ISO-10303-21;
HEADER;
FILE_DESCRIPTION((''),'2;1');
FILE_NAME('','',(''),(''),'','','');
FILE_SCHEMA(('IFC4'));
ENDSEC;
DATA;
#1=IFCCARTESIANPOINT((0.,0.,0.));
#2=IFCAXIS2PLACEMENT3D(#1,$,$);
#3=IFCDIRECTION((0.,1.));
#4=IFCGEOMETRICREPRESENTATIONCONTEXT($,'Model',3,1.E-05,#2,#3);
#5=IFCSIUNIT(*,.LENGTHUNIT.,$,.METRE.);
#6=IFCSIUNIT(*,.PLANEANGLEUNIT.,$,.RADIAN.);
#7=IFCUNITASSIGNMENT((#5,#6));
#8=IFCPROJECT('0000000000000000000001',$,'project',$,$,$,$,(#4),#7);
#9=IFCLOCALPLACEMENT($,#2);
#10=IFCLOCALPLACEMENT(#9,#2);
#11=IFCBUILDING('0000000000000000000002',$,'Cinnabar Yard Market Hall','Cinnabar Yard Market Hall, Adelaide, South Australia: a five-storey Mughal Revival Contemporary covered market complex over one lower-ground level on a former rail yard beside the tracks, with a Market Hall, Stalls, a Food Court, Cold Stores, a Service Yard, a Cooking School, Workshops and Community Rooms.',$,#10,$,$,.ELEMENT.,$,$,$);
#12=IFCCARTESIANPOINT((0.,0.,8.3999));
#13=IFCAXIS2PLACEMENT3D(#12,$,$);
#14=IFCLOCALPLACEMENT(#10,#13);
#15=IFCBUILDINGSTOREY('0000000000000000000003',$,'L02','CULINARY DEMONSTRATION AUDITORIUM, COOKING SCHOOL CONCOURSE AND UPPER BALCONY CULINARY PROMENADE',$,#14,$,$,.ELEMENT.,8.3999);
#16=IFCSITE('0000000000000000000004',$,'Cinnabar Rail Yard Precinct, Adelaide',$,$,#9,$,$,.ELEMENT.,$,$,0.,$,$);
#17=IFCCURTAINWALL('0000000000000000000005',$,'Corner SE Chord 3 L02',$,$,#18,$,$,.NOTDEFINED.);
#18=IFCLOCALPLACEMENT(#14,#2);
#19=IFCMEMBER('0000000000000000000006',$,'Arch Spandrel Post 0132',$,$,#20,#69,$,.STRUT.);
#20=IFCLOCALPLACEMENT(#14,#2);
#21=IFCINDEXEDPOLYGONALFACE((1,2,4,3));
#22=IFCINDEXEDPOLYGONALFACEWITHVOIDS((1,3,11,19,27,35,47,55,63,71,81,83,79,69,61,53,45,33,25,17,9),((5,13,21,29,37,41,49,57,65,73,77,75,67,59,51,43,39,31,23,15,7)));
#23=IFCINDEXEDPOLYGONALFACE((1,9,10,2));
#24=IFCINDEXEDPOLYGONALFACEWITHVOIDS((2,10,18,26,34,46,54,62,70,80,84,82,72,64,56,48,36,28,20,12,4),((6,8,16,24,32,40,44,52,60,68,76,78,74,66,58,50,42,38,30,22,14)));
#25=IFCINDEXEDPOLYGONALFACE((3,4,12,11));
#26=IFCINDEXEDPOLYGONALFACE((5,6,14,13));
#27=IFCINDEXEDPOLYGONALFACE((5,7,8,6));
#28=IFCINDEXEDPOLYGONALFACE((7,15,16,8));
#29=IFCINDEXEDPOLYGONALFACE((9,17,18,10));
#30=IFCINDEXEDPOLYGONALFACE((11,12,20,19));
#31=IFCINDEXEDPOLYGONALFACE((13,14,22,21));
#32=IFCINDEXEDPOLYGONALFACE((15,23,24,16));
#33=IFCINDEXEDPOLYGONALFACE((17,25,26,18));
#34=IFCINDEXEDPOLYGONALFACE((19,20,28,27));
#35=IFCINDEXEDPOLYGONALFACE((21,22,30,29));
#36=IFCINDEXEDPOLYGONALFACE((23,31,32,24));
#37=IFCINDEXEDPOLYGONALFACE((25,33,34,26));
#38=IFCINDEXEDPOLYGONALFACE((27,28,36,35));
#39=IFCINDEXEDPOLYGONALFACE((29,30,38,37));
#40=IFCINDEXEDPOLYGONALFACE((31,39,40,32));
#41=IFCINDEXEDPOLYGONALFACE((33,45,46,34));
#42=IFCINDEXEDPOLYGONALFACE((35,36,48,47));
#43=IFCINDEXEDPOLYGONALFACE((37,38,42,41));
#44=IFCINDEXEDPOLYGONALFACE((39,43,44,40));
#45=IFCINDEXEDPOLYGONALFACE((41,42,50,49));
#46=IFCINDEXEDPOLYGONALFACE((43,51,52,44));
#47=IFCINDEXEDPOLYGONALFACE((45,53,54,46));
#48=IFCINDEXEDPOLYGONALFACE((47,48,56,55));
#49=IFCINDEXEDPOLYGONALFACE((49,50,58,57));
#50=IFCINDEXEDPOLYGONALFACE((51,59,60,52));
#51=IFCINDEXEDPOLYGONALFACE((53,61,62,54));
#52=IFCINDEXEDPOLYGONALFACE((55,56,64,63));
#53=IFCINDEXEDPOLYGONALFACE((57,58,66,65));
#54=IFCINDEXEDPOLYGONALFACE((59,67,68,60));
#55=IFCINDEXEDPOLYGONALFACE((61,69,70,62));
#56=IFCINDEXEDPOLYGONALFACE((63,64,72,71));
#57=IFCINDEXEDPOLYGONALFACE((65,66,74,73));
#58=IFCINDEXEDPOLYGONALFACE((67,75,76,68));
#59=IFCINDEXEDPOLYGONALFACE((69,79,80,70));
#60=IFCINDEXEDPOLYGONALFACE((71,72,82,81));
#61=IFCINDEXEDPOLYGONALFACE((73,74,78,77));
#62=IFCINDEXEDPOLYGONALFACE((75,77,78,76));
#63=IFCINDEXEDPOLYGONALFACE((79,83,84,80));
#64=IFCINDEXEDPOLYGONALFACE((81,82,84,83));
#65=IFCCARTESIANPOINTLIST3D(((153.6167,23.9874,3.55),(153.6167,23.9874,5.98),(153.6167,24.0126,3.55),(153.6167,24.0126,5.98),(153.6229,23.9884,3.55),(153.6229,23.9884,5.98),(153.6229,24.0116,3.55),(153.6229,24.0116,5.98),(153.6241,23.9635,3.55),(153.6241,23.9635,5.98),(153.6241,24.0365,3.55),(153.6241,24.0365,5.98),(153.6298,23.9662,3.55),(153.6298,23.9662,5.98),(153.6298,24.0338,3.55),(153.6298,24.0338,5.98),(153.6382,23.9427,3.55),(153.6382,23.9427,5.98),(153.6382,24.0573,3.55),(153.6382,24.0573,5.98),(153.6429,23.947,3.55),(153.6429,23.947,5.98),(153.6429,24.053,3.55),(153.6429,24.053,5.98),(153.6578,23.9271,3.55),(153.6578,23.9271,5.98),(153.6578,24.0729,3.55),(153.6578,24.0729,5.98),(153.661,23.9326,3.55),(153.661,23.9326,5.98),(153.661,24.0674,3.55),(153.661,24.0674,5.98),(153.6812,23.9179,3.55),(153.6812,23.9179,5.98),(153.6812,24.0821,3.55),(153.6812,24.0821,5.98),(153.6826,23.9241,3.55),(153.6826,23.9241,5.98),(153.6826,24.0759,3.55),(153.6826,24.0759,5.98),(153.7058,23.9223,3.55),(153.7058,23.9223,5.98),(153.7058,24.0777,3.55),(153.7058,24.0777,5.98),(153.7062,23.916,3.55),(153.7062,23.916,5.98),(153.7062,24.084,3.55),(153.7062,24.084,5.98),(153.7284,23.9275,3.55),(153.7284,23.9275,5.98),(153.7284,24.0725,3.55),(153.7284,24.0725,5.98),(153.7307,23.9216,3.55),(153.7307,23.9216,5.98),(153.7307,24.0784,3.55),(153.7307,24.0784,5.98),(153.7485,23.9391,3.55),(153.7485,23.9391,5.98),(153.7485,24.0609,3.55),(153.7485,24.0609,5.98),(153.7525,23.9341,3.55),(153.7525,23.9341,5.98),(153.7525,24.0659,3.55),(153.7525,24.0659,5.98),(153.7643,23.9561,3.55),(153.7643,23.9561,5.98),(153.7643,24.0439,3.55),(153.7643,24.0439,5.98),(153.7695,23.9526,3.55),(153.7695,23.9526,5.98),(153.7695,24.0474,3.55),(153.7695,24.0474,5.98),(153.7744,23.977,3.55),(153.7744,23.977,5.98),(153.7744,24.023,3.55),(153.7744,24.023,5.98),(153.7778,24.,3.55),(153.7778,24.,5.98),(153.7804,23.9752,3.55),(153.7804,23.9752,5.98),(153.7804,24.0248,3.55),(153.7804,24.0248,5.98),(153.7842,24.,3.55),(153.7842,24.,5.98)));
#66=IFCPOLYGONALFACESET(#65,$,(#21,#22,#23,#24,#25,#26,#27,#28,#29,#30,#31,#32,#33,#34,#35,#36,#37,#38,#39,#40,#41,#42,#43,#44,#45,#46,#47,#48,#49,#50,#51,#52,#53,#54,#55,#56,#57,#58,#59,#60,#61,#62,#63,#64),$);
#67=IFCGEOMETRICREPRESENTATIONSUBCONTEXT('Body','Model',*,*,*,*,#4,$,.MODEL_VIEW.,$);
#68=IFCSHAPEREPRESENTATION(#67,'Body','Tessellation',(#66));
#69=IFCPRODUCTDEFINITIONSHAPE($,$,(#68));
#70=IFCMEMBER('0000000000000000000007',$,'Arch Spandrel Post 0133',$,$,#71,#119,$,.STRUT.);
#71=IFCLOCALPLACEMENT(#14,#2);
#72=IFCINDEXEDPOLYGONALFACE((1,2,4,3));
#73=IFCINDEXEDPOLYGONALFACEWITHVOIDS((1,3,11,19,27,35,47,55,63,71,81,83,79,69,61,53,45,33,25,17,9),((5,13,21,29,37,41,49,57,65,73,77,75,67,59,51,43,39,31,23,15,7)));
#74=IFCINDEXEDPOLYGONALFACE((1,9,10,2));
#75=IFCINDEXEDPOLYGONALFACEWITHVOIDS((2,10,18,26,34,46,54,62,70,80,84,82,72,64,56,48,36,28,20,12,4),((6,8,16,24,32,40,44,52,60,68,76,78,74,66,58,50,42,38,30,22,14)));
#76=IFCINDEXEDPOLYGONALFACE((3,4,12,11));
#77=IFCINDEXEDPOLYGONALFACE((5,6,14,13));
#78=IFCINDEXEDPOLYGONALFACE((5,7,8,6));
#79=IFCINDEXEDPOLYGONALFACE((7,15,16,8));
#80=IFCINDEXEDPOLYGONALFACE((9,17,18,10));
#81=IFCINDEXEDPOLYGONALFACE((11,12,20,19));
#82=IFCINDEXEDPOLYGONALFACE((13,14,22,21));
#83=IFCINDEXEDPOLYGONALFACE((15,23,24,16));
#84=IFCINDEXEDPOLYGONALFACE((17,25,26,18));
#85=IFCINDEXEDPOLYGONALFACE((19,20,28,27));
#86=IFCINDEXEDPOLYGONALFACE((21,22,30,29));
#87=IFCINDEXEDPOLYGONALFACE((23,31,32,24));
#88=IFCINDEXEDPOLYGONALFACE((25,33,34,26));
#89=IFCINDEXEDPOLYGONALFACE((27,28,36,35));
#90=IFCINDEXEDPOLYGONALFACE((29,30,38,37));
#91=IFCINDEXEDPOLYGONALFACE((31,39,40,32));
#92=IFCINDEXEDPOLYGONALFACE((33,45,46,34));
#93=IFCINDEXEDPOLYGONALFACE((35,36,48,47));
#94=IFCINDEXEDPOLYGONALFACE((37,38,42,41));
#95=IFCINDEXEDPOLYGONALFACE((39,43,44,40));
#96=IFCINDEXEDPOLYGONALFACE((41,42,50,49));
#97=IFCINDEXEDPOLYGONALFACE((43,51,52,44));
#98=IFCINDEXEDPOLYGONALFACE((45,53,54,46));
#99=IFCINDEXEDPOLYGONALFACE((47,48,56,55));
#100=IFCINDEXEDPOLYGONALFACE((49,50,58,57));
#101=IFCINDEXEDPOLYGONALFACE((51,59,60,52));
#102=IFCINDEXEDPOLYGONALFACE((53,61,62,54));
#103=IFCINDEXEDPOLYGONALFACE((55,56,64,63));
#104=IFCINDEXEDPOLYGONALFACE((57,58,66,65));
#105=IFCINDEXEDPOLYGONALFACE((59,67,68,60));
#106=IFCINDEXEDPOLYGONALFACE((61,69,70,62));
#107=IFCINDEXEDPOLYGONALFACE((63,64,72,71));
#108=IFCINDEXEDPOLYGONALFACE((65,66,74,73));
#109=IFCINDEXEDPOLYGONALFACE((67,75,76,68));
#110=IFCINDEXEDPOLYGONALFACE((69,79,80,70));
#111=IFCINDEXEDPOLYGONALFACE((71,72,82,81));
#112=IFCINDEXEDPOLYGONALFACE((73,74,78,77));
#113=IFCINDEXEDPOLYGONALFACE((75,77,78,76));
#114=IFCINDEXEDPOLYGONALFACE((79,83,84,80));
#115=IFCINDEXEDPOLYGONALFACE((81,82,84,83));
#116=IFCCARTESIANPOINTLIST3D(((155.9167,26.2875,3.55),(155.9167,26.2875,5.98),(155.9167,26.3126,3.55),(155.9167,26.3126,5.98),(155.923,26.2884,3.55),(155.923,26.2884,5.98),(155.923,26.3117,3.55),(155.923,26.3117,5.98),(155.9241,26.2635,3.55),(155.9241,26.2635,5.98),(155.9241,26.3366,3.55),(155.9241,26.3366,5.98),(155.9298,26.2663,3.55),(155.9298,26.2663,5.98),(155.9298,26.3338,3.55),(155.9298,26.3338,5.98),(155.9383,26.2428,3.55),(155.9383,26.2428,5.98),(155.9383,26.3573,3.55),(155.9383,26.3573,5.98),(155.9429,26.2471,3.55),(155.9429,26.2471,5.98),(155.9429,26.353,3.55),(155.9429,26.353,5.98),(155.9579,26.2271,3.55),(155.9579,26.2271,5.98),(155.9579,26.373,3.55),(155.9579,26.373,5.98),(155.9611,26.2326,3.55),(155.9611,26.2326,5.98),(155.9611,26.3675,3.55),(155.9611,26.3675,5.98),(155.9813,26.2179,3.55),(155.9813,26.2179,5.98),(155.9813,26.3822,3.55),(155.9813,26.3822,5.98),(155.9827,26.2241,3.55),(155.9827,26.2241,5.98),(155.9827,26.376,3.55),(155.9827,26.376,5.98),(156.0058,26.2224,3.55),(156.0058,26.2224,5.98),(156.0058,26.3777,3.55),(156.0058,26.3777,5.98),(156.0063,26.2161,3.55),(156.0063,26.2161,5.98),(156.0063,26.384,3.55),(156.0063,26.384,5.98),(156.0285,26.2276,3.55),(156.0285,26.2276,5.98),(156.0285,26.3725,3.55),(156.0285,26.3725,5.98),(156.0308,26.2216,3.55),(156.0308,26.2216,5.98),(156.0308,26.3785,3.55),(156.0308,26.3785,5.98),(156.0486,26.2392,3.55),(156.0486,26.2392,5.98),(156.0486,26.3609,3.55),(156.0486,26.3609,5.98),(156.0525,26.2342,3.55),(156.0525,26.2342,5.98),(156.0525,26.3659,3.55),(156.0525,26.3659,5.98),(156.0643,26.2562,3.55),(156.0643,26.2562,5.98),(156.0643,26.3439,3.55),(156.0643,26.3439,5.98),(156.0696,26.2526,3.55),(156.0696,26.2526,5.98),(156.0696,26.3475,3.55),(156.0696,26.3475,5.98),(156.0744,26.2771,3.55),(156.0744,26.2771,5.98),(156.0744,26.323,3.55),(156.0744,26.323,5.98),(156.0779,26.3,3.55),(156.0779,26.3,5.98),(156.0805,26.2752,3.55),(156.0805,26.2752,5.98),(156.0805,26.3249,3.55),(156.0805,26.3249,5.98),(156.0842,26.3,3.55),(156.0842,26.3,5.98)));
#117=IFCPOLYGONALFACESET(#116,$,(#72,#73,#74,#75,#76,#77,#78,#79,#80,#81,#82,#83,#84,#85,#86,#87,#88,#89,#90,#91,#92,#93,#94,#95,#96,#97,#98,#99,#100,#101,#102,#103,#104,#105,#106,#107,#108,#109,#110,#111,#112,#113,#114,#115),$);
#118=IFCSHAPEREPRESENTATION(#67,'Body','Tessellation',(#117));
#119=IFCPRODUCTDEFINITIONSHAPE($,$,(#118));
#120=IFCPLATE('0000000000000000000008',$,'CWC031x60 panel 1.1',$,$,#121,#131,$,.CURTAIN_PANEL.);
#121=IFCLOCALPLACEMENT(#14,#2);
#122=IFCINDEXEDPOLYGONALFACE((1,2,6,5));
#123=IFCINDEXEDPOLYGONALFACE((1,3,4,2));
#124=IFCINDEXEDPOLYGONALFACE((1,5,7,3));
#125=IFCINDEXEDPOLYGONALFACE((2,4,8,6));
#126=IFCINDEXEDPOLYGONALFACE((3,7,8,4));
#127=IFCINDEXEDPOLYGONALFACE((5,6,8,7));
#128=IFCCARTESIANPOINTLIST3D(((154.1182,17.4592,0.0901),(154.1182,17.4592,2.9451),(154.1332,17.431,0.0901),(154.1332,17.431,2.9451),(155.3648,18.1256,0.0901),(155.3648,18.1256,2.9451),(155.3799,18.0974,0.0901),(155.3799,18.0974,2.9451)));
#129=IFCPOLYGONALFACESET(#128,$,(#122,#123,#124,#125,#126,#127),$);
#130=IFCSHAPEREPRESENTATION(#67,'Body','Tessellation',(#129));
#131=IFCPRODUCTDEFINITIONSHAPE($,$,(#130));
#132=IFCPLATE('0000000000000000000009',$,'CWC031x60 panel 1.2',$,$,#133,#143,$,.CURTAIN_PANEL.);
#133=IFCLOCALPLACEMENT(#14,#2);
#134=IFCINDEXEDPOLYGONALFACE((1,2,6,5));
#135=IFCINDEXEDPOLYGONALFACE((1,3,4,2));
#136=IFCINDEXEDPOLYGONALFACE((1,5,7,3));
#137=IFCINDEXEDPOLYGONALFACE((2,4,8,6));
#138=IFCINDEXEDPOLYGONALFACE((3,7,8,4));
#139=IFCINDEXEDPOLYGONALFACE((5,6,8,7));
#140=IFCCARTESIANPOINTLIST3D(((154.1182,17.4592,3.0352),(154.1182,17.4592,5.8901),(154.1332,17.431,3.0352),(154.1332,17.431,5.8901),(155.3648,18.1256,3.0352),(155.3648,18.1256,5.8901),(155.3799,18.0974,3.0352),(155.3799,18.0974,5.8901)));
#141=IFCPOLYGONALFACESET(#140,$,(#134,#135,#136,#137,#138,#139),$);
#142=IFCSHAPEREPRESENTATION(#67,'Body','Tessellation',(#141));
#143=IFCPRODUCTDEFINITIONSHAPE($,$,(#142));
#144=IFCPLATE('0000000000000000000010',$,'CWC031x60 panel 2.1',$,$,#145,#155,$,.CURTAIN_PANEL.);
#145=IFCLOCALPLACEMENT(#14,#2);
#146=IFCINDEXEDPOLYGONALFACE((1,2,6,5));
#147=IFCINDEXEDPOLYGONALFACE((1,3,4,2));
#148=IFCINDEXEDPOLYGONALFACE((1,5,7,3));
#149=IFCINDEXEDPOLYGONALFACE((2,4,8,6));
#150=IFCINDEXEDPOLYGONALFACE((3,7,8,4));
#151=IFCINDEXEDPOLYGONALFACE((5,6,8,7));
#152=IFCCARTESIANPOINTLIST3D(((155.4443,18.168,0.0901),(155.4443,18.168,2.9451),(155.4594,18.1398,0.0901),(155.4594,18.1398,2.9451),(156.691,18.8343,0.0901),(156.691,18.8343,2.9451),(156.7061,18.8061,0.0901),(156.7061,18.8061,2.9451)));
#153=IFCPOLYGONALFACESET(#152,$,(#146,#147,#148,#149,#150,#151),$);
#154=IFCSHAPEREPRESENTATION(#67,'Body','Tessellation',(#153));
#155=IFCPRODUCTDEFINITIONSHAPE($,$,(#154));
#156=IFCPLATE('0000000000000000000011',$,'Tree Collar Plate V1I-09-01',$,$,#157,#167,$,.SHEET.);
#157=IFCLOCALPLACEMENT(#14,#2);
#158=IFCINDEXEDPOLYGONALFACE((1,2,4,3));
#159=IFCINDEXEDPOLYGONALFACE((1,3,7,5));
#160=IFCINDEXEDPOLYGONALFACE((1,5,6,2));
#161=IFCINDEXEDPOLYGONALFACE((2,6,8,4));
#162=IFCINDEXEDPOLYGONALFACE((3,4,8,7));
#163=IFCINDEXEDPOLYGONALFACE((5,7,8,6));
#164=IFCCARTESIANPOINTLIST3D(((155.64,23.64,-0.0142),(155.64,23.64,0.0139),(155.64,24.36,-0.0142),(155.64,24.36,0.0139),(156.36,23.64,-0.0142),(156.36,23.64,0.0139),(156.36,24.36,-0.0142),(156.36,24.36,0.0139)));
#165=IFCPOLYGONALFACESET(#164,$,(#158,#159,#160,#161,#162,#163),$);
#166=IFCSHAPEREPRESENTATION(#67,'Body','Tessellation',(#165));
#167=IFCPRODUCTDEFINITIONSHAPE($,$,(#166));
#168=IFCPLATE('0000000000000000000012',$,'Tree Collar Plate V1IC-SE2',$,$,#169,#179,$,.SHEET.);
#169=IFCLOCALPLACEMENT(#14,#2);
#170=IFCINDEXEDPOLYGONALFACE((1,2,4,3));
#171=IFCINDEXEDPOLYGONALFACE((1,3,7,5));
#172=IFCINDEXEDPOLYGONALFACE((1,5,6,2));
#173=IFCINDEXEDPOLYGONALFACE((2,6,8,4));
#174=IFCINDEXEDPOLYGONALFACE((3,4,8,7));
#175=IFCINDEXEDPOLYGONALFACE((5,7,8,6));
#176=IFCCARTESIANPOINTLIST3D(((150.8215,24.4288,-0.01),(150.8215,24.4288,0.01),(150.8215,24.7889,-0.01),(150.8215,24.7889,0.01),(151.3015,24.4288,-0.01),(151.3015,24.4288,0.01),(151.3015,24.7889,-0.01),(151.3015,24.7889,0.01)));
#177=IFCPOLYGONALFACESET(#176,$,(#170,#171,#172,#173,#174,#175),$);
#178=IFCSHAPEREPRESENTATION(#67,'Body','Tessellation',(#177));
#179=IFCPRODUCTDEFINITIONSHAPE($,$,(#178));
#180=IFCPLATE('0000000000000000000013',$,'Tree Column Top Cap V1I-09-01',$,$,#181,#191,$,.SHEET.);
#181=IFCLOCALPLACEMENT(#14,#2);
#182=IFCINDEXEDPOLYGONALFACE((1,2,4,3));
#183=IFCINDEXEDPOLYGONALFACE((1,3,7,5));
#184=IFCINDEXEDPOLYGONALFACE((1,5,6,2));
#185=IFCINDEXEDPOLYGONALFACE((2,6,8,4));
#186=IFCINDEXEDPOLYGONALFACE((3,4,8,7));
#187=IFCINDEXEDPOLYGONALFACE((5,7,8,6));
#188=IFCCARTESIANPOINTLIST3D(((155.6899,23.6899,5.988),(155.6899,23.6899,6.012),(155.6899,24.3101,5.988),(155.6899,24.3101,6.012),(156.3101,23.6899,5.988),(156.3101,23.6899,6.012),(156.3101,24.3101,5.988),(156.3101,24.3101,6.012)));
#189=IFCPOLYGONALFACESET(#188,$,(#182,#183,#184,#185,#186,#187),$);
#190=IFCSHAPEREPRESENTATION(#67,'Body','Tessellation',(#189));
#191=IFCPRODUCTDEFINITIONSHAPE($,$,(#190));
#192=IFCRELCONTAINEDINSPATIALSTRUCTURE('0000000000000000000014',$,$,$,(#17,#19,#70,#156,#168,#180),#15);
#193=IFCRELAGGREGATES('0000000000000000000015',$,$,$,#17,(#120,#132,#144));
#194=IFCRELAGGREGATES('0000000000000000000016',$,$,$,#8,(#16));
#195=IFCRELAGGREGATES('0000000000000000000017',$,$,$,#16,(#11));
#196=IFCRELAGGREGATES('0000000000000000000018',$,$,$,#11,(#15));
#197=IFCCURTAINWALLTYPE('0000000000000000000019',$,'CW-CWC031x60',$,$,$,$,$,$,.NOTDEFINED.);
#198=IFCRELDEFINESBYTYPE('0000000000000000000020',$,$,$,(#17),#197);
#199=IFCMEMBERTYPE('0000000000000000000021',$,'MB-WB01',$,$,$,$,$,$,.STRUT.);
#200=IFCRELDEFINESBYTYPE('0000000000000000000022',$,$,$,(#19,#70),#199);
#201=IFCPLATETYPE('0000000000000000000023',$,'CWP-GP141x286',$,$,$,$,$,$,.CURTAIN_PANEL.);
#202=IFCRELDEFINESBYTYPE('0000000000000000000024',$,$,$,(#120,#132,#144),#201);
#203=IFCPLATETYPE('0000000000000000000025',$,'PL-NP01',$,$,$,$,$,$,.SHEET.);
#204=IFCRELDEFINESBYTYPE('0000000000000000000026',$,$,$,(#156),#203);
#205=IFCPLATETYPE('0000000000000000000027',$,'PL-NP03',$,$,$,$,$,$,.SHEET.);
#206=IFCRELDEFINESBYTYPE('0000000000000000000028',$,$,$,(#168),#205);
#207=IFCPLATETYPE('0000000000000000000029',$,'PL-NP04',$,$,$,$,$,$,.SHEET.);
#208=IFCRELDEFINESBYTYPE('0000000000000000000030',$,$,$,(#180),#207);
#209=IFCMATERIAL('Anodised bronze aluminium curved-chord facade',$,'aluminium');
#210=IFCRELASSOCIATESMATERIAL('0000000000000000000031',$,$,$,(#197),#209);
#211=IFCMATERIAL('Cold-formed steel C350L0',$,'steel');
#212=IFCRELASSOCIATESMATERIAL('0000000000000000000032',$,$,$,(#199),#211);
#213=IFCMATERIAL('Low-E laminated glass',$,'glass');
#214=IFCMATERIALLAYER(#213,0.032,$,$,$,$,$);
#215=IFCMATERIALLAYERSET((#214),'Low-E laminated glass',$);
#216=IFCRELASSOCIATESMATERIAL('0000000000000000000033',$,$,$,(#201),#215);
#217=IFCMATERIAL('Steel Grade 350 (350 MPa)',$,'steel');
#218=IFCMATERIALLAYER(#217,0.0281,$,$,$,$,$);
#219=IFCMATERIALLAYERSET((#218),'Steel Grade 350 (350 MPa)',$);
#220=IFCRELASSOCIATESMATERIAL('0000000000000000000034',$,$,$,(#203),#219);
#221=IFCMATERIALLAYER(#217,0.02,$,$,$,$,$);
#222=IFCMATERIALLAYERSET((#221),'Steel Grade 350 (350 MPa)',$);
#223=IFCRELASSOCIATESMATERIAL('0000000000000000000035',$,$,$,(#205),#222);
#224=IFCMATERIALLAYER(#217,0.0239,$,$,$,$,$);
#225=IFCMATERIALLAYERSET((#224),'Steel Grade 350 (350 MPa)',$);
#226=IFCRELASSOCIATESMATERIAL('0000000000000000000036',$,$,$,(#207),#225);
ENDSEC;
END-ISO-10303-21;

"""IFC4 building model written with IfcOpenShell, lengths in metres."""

from ifc_helpers import new_model, si_unit, direction, frame, origin, origin_2d_with_axis, place, context, subcontext, project, spatial, rectangle, hollow_circle, extrude, material, layer, layer_set, material_profile, profile_set, type_object, element, aggregate, save


model = new_model("IFC4")

# Units and contexts
model_context = context("Model", 3, precision=1e-05, world=origin(), true_north=direction((0.0, 1.0)))
body_context = subcontext(model_context, "Body", "Model", "MODEL_VIEW")
ifc_project = project(units=[si_unit("LENGTHUNIT", "METRE"), si_unit("PLANEANGLEUNIT", "RADIAN")], contexts=[model_context])

# Site, building, storey
site_placement = place(None, origin())
site = spatial("IfcSite", under=ifc_project, at=site_placement, Name="Cinnabar Rail Yard Precinct, Adelaide", CompositionType="ELEMENT", RefElevation=0.0)
building_placement = place(site_placement, origin())
building = spatial("IfcBuilding", under=site, at=building_placement, Name="Cinnabar Yard Market Hall", Description="Cinnabar Yard Market Hall, Adelaide, South Australia: a five-storey Mughal Revival Contemporary covered market complex over one lower-ground level on a former rail yard beside the tracks, with a Market Hall, Stalls, a Food Court, Cold Stores, a Service Yard, a Cooking School, Workshops and Community Rooms.", CompositionType="ELEMENT")
storey_placement = place(building_placement, frame((0.0, 0.0, 8.3999)))
storey = spatial("IfcBuildingStorey", under=building, at=storey_placement, Name="L02", Description="CULINARY DEMONSTRATION AUDITORIUM, COOKING SCHOOL CONCOURSE AND UPPER BALCONY CULINARY PROMENADE", CompositionType="ELEMENT", Elevation=8.3999)

# Shared definitions
ifc_material_1 = material(Name="Cold-formed steel C350L0", Category="steel")

# Curtain wall
ifc_material_2 = material(Name="Anodised bronze aluminium curved-chord facade", Category="aluminium")
curtain_wall_type = type_object("IfcCurtainWallType", Name="CW-CWC031x60", PredefinedType="NOTDEFINED", material=ifc_material_2)
curtain_wall_placement = place(storey_placement, origin())
curtain_wall = element("IfcCurtainWall", 1, at=curtain_wall_placement, inside=storey, type_object=curtain_wall_type, Name="Corner SE Chord 3 L02", PredefinedType="NOTDEFINED")

# Members
ifc_material_profile_1 = material_profile(ifc_material_1, hollow_circle(Radius=0.0842, WallThickness=0.0063, at=origin_2d_with_axis()), Name="168.3x6.4CHS")
ifc_profile_set_1 = profile_set([ifc_material_profile_1], Name="Cold-formed steel C350L0")
member_type_1 = type_object("IfcMemberType", Name="MB-WB01", PredefinedType="STRUT", material=ifc_profile_set_1)
for number, where, z_axis, x_axis, name in (
    (2, (153.7, 24.0, 3.55), (0.0, 0.0, 1.0), (1.0, 0.0, 0.0), "Arch Spandrel Post 0132"),
    (3, (156.0, 26.3, 3.55), (0.0, 0.0, 1.0), (1.0, 0.0, 0.0), "Arch Spandrel Post 0133"),
):
    element("IfcMember", number, at=place(storey_placement, frame(where, z_axis=z_axis, x_axis=x_axis)), inside=storey, type_object=member_type_1, Name=name, PredefinedType="STRUT", context=body_context, shape_type="SweptSolid", body=[
        extrude(hollow_circle(Radius=0.0842, WallThickness=0.0063, at=origin_2d_with_axis()), origin(), (0.0, 0.0, 1.0), 2.4299),
    ])

# Plates
ifc_material_3 = material(Name="Low-E laminated glass", Category="glass")
ifc_layer_1 = layer(ifc_material_3, 0.032)
ifc_layer_set_1 = layer_set([ifc_layer_1], Name="Low-E laminated glass")
plate_type_1 = type_object("IfcPlateType", Name="CWP-GP141x286", PredefinedType="CURTAIN_PANEL", material=ifc_layer_set_1)
plate_1_placement = place(storey_placement, frame((154.749, 17.7783, 0.0901), z_axis=(0.0, 0.0, 1.0), x_axis=(0.881917, 0.471404, 0.0)))
plate_1 = element("IfcPlate", 4, at=plate_1_placement, type_object=plate_type_1, Name="CWC031x60 panel 1.1", PredefinedType="CURTAIN_PANEL", context=body_context, shape_type="SweptSolid", body=[
    extrude(rectangle(XDim=1.4136, YDim=0.032, at=origin_2d_with_axis()), origin(), (0.0, 0.0, 1.0), 2.855),
])
plate_2_placement = place(storey_placement, frame((154.749, 17.7783, 3.0352), z_axis=(0.0, 0.0, 1.0), x_axis=(0.881917, 0.471404, 0.0)))
plate_2 = element("IfcPlate", 5, at=plate_2_placement, type_object=plate_type_1, Name="CWC031x60 panel 1.2", PredefinedType="CURTAIN_PANEL", context=body_context, shape_type="SweptSolid", body=[
    extrude(rectangle(XDim=1.4136, YDim=0.032, at=origin_2d_with_axis()), origin(), (0.0, 0.0, 1.0), 2.855),
])
plate_3_placement = place(storey_placement, frame((156.0752, 18.4871, 0.0901), z_axis=(0.0, 0.0, 1.0), x_axis=(0.881917, 0.471404, 0.0)))
plate_3 = element("IfcPlate", 6, at=plate_3_placement, type_object=plate_type_1, Name="CWC031x60 panel 2.1", PredefinedType="CURTAIN_PANEL", context=body_context, shape_type="SweptSolid", body=[
    extrude(rectangle(XDim=1.4136, YDim=0.032, at=origin_2d_with_axis()), origin(), (0.0, 0.0, 1.0), 2.855),
])
aggregate(curtain_wall, [plate_1, plate_2, plate_3])

# Plates
ifc_material_4 = material(Name="Steel Grade 350 (350 MPa)", Category="steel")
ifc_layer_2 = layer(ifc_material_4, 0.0281)
ifc_layer_set_2 = layer_set([ifc_layer_2], Name="Steel Grade 350 (350 MPa)")
plate_type_2 = type_object("IfcPlateType", Name="PL-NP01", PredefinedType="SHEET", material=ifc_layer_set_2)
plate_4_placement = place(storey_placement, frame((156.0, 24.0, -0.0142), z_axis=(0.0, 0.0, 1.0), x_axis=(1.0, 0.0, 0.0)))
element("IfcPlate", 7, at=plate_4_placement, inside=storey, type_object=plate_type_2, Name="Tree Collar Plate V1I-09-01", PredefinedType="SHEET", context=body_context, shape_type="SweptSolid", body=[
    extrude(rectangle(XDim=0.72, YDim=0.72, at=origin_2d_with_axis()), origin(), (0.0, 0.0, 1.0), 0.0281),
])
ifc_layer_3 = layer(ifc_material_4, 0.02)
ifc_layer_set_3 = layer_set([ifc_layer_3], Name="Steel Grade 350 (350 MPa)")
plate_type_3 = type_object("IfcPlateType", Name="PL-NP03", PredefinedType="SHEET", material=ifc_layer_set_3)
plate_5_placement = place(storey_placement, frame((151.0615, 24.6089, -0.01), z_axis=(0.0, 0.0, 1.0), x_axis=(1.0, 0.0, 0.0)))
element("IfcPlate", 8, at=plate_5_placement, inside=storey, type_object=plate_type_3, Name="Tree Collar Plate V1IC-SE2", PredefinedType="SHEET", context=body_context, shape_type="SweptSolid", body=[
    extrude(rectangle(XDim=0.48, YDim=0.3601, at=origin_2d_with_axis()), origin(), (0.0, 0.0, 1.0), 0.02),
])
ifc_layer_4 = layer(ifc_material_4, 0.0239)
ifc_layer_set_4 = layer_set([ifc_layer_4], Name="Steel Grade 350 (350 MPa)")
plate_type_4 = type_object("IfcPlateType", Name="PL-NP04", PredefinedType="SHEET", material=ifc_layer_set_4)
for number, where, z_axis, x_axis, name in (
    (9, (156.0, 24.0, 5.988), (0.0, 0.0, 1.0), (1.0, 0.0, 0.0), "Tree Column Top Cap V1I-09-01"),
):
    element("IfcPlate", number, at=place(storey_placement, frame(where, z_axis=z_axis, x_axis=x_axis)), inside=storey, type_object=plate_type_4, Name=name, PredefinedType="SHEET", context=body_context, shape_type="SweptSolid", body=[
        extrude(rectangle(XDim=0.6201, YDim=0.6201, at=origin_2d_with_axis()), origin(), (0.0, 0.0, 1.0), 0.0239),
    ])

save(model, "model.ifc")
